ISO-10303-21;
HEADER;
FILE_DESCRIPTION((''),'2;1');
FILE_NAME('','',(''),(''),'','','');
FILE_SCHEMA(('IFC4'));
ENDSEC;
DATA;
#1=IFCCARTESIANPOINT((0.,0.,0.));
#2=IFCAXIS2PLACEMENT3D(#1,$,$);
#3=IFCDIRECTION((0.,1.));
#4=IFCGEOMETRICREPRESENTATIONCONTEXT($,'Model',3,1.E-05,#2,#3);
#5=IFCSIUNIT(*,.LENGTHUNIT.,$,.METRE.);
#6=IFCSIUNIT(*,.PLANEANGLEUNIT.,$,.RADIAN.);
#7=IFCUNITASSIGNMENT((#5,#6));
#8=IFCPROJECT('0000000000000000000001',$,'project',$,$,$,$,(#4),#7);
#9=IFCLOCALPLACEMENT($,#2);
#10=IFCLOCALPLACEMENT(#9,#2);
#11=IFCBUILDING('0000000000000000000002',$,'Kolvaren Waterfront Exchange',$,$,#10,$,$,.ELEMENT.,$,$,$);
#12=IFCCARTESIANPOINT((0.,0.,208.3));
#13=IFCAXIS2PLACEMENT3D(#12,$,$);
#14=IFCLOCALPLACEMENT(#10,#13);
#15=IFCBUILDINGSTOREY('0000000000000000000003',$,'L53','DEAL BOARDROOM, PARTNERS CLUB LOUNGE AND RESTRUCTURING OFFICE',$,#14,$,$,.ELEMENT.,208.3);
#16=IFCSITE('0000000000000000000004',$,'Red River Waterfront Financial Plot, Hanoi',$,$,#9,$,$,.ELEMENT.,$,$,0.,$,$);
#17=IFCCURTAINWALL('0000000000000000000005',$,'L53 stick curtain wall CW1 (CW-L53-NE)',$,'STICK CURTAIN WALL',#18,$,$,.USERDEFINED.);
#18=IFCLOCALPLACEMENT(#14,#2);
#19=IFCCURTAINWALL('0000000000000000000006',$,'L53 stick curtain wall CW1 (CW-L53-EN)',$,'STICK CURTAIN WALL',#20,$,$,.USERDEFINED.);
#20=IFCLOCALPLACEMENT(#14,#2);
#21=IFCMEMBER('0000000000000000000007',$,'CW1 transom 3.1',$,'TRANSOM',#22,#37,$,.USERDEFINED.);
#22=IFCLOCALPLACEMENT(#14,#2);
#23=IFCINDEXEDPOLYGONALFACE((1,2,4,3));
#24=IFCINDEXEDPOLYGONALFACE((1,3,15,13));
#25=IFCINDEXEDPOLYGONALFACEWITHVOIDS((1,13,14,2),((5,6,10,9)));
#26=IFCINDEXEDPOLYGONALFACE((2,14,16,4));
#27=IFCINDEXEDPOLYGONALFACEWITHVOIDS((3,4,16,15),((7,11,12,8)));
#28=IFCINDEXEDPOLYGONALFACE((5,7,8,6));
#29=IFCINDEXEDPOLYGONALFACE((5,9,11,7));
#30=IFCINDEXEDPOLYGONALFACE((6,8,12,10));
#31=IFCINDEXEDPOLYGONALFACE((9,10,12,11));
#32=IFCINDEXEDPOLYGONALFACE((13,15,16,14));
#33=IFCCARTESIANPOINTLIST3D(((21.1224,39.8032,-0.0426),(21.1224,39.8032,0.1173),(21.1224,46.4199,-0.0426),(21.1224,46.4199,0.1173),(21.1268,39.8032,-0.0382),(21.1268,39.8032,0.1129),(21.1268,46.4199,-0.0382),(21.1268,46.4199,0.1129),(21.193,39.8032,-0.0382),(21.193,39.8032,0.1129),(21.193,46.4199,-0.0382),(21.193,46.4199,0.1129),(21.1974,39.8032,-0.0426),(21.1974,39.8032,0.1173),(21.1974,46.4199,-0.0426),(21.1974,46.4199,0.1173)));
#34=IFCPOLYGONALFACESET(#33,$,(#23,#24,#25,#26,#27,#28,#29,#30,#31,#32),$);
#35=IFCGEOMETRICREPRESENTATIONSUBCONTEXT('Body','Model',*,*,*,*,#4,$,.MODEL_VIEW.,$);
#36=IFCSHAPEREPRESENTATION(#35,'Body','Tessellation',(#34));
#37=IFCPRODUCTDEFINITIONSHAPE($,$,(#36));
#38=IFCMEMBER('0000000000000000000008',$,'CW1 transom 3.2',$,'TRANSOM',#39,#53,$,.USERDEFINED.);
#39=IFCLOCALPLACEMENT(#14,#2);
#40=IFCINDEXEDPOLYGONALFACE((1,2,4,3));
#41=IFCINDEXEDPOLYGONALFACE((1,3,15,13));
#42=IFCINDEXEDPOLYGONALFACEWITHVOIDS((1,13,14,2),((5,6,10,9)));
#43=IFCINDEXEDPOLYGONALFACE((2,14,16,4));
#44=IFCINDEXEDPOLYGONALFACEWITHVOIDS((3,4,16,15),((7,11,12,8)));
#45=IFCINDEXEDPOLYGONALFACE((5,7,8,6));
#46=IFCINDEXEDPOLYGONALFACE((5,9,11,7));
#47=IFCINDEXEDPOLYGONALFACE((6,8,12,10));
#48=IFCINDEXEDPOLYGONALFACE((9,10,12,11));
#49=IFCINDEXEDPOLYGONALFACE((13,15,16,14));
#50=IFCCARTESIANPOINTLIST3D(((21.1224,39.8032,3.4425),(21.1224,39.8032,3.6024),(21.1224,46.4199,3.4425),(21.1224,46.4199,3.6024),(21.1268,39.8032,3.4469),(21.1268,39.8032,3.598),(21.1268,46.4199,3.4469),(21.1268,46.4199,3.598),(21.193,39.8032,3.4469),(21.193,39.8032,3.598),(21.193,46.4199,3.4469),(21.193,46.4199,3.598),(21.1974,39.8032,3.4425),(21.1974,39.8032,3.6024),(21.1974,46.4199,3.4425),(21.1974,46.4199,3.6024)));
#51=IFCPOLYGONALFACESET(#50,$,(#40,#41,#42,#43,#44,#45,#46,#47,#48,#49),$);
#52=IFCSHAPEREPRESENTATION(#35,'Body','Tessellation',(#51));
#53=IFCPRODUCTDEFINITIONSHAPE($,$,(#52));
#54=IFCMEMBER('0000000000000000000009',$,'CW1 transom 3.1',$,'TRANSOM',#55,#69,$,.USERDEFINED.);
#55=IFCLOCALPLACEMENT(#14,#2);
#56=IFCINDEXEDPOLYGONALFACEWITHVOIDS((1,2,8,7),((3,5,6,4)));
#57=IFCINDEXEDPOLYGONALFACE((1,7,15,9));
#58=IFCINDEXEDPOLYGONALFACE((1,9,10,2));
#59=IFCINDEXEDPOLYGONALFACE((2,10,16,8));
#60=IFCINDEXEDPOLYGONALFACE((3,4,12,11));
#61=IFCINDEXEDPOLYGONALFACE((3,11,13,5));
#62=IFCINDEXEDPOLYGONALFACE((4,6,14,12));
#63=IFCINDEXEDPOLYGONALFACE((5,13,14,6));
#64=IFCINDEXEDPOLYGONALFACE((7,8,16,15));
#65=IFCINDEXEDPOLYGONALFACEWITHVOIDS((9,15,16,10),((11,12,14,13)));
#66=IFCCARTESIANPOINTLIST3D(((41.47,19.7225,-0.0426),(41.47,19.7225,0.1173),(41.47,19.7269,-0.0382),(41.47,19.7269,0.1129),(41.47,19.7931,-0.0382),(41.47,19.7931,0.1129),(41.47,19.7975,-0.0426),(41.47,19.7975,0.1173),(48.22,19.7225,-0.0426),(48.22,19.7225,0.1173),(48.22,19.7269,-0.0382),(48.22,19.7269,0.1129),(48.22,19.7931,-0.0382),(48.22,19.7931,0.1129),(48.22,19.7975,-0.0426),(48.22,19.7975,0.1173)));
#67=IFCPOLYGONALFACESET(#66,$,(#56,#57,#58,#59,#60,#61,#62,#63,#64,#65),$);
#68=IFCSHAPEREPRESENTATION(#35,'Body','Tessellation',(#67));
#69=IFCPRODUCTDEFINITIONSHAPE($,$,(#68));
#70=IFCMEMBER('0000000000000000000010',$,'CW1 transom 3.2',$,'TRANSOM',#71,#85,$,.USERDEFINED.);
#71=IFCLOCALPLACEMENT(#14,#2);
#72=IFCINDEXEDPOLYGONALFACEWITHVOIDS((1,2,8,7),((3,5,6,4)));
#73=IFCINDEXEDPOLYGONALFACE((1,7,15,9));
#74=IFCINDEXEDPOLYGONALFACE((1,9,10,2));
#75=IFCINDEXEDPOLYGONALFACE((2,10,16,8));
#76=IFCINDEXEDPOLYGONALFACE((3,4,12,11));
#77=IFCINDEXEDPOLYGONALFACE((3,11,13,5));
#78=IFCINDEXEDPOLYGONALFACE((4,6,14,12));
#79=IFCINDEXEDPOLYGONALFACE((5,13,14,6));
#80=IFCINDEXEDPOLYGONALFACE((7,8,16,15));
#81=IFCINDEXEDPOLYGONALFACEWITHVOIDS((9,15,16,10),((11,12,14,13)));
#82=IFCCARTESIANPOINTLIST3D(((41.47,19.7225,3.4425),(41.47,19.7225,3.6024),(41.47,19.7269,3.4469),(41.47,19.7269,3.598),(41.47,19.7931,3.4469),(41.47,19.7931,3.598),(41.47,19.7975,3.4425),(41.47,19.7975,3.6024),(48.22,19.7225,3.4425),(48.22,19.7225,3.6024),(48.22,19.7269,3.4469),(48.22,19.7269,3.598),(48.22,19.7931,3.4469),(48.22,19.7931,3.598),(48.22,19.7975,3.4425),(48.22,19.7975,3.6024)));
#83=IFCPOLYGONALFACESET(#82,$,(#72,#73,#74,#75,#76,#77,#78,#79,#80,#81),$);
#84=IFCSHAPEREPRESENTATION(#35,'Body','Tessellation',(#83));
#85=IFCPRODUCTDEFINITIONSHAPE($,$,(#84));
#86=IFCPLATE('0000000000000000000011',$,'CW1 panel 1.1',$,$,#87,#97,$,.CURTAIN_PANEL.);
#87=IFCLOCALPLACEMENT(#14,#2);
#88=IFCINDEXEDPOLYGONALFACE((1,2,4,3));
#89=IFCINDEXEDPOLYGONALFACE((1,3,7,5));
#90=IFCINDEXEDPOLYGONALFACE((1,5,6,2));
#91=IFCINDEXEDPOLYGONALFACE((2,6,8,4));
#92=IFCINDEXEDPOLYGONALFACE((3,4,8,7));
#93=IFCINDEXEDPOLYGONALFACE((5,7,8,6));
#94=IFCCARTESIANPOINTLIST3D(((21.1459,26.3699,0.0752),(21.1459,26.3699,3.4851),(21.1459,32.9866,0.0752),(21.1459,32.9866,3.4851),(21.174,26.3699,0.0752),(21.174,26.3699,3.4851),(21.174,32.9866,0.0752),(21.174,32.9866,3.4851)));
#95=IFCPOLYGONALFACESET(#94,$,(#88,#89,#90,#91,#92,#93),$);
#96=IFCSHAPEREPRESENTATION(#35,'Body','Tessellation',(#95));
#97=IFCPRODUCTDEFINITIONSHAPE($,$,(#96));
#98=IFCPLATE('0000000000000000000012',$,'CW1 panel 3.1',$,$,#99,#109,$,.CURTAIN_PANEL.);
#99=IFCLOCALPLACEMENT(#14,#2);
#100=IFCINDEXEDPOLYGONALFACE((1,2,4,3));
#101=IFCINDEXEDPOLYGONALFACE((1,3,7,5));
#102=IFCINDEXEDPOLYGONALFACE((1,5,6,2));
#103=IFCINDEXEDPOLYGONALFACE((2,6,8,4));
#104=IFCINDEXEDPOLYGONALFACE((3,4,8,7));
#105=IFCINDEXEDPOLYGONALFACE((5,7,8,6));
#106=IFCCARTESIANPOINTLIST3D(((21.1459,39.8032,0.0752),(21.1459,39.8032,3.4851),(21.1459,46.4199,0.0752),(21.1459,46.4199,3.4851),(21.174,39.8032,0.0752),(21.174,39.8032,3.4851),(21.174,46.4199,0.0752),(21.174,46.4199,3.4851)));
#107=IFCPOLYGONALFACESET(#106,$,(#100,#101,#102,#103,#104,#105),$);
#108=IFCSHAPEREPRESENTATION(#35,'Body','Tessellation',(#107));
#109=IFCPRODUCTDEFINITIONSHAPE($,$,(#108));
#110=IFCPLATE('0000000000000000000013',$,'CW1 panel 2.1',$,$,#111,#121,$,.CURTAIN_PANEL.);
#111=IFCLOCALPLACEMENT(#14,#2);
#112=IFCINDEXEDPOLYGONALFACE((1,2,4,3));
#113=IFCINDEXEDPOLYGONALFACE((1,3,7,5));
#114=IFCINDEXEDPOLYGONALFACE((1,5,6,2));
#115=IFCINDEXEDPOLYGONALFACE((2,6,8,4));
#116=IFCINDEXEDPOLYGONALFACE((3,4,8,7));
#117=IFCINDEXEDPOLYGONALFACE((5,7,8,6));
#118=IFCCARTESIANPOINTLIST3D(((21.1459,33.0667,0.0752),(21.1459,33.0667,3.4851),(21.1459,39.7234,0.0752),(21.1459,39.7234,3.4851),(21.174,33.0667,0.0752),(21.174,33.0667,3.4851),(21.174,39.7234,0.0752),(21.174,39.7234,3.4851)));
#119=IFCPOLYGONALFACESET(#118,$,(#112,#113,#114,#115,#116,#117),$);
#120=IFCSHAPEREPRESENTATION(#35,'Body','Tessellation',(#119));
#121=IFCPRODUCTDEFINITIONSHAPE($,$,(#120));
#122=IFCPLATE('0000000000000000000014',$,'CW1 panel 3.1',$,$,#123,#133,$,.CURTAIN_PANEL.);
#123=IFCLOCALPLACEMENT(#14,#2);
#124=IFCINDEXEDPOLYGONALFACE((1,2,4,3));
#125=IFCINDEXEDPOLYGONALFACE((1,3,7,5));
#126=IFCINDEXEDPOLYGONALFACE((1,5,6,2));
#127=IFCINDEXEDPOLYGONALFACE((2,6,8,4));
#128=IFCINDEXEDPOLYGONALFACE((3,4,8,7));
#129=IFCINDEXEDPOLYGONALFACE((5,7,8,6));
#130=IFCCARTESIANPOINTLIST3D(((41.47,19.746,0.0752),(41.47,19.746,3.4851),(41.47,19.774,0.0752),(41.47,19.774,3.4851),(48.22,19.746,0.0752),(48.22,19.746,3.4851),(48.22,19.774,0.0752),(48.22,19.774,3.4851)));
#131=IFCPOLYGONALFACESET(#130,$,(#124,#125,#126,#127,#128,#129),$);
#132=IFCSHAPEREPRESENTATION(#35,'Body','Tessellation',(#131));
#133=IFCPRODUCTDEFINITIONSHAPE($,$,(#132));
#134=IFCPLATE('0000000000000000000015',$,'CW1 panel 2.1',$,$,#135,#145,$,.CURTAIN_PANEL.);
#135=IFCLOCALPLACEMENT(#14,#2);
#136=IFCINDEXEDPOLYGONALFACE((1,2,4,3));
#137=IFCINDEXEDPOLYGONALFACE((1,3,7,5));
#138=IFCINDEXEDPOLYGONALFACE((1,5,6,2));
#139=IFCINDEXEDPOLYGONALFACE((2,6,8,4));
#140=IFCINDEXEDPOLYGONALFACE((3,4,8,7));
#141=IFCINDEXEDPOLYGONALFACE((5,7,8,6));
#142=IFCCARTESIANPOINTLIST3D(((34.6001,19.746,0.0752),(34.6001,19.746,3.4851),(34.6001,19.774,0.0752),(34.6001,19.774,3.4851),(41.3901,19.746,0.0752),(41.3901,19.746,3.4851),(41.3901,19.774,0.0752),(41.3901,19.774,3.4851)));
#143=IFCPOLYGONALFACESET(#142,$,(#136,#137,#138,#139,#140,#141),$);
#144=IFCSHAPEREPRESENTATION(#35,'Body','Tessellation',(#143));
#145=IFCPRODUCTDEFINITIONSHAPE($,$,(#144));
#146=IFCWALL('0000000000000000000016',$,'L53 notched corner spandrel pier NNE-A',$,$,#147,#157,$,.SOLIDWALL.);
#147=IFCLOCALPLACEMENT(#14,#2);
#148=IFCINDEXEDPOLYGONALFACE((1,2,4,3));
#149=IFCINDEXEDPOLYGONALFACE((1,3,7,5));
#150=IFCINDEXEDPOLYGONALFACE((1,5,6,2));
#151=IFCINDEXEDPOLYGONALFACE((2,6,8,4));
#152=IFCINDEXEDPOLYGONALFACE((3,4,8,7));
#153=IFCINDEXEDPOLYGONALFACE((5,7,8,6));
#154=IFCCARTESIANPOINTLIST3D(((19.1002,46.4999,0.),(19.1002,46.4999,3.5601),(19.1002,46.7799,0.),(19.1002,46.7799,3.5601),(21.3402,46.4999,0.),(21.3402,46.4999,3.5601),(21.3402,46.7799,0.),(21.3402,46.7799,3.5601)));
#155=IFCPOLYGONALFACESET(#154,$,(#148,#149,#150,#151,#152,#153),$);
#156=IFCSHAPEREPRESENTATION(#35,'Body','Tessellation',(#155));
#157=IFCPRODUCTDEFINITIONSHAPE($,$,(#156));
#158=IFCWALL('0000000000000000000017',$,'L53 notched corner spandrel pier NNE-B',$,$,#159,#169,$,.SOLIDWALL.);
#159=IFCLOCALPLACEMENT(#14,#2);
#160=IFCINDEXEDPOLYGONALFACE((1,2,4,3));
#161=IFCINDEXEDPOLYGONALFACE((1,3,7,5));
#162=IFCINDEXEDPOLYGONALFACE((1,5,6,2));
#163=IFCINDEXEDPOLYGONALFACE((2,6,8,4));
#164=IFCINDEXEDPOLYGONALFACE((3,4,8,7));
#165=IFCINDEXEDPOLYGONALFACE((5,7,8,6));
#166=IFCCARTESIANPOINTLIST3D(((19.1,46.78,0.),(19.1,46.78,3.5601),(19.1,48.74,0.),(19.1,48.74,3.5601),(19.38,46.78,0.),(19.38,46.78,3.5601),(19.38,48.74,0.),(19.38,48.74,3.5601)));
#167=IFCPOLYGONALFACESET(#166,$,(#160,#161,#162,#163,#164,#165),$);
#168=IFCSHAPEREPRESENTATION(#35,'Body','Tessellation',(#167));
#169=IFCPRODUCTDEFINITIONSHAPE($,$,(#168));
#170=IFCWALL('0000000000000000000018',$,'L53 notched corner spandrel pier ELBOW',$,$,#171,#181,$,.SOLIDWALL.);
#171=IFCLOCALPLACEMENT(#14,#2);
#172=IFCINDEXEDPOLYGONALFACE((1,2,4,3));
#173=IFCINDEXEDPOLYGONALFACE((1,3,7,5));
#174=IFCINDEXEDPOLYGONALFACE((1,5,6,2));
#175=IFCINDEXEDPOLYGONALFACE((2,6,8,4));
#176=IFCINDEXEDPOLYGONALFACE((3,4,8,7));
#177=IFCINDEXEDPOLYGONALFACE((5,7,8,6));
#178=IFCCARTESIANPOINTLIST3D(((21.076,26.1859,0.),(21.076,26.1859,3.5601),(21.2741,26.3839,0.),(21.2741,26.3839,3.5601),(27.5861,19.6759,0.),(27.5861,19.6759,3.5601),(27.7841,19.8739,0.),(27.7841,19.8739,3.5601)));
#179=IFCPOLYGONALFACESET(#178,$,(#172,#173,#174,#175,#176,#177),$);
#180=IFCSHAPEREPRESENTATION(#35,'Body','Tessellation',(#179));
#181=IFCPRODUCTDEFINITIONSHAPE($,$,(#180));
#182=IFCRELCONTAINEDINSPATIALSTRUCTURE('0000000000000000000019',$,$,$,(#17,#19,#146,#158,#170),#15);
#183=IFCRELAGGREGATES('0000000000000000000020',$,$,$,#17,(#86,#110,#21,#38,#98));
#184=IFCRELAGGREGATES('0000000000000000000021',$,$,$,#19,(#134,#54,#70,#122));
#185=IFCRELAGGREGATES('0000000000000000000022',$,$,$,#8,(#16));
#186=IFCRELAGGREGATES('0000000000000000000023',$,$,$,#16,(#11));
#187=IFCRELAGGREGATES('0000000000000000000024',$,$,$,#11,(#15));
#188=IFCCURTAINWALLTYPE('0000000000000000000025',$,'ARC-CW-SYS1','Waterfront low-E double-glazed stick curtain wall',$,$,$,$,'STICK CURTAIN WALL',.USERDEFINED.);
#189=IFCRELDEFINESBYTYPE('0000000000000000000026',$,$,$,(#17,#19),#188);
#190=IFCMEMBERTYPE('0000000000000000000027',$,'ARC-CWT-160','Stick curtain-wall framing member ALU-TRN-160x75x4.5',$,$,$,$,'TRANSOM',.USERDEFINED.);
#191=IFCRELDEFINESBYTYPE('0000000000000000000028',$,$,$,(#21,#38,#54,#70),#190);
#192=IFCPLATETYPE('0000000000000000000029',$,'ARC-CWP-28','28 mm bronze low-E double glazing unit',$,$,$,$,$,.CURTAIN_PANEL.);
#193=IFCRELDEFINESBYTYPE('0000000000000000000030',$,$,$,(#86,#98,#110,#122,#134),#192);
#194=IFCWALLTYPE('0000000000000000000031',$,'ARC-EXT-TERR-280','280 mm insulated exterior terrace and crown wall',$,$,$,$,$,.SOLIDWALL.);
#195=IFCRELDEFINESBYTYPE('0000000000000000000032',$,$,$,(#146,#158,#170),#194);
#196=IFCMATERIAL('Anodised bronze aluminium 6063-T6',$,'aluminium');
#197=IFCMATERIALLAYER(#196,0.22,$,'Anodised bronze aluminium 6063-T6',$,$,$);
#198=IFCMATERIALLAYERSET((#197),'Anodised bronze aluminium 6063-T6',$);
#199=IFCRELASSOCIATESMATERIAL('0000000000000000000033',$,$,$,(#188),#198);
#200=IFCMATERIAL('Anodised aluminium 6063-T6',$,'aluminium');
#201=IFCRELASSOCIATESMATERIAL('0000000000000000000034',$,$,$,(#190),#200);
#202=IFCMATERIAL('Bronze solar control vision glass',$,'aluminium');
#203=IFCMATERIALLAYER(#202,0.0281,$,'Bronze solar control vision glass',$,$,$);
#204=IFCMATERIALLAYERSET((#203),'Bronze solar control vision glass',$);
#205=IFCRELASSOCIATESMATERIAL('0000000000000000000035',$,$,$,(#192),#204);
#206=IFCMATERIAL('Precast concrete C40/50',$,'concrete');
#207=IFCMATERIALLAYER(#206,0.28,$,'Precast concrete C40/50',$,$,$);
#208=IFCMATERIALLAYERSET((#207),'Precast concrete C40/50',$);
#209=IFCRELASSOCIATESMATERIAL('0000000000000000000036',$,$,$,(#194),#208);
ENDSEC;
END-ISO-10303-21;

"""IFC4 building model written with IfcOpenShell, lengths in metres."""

from ifc_helpers import new_model, si_unit, direction, frame, frame_2d, origin, origin_with_axes, origin_2d, place, context, subcontext, project, spatial, rectangle, hollow_rectangle, extrude, source, transform, mapped, material, layer, layer_set, material_profile, profile_set, type_object, element, aggregate, save


model = new_model("IFC4")

# Units and contexts
model_context = context("Model", 3, precision=1e-05, world=origin(), true_north=direction((0.0, 1.0)))
body_context = subcontext(model_context, "Body", "Model", "MODEL_VIEW")
ifc_project = project(units=[si_unit("LENGTHUNIT", "METRE"), si_unit("PLANEANGLEUNIT", "RADIAN")], contexts=[model_context])

# Site, building, storey
site_placement = place(None, origin())
site = spatial("IfcSite", under=ifc_project, at=site_placement, Name="Red River Waterfront Financial Plot, Hanoi", CompositionType="ELEMENT", RefElevation=0.0)
building_placement = place(site_placement, origin())
building = spatial("IfcBuilding", under=site, at=building_placement, Name="Kolvaren Waterfront Exchange", CompositionType="ELEMENT")
storey_placement = place(building_placement, frame((0.0, 0.0, 208.3)))
storey = spatial("IfcBuildingStorey", under=building, at=storey_placement, Name="L53", Description="DEAL BOARDROOM, PARTNERS CLUB LOUNGE AND RESTRUCTURING OFFICE", CompositionType="ELEMENT", Elevation=208.3)

# Curtain walls
ifc_material_1 = material(Name="Anodised bronze aluminium 6063-T6", Category="aluminium")
ifc_layer_1 = layer(ifc_material_1, 0.22, Name="Anodised bronze aluminium 6063-T6")
ifc_layer_set_1 = layer_set([ifc_layer_1], Name="Anodised bronze aluminium 6063-T6")
curtain_wall_type = type_object("IfcCurtainWallType", Name="ARC-CW-SYS1", Description="Waterfront low-E double-glazed stick curtain wall", ElementType="STICK CURTAIN WALL", PredefinedType="USERDEFINED", material=ifc_layer_set_1)
curtain_wall_1_placement = place(storey_placement, origin())
curtain_wall_1 = element("IfcCurtainWall", 1, at=curtain_wall_1_placement, inside=storey, type_object=curtain_wall_type, Name="L53 stick curtain wall CW1 (CW-L53-NE)", ObjectType="STICK CURTAIN WALL", PredefinedType="USERDEFINED")
ifc_material_2 = material(Name="Anodised aluminium 6063-T6", Category="aluminium")
curtain_wall_2_placement = place(storey_placement, origin())
curtain_wall_2 = element("IfcCurtainWall", 2, at=curtain_wall_2_placement, inside=storey, type_object=curtain_wall_type, Name="L53 stick curtain wall CW1 (CW-L53-EN)", ObjectType="STICK CURTAIN WALL", PredefinedType="USERDEFINED")

# Members
ifc_material_profile_1 = material_profile(ifc_material_2, hollow_rectangle(XDim=0.075, YDim=0.1599, WallThickness=0.0044, at=origin_2d()), Name="ALU-TRN-160x75x4.5")
ifc_profile_set_1 = profile_set([ifc_material_profile_1], Name="Anodised aluminium 6063-T6")
member_type_1 = type_object("IfcMemberType", Name="ARC-CWT-160", Description="Stick curtain-wall framing member ALU-TRN-160x75x4.5", ElementType="TRANSOM", PredefinedType="USERDEFINED", material=ifc_profile_set_1)
shared_shape_1 = source(origin_with_axes(), body_context, "Body", "SweptSolid", [
    extrude(hollow_rectangle(XDim=0.075, YDim=0.1599, WallThickness=0.0044, at=origin_2d()), origin(), (0.0, 0.0, 1.0), 6.6167),
])
member_1_placement = place(storey_placement, frame((21.1599, 39.8032, 0.0374), z_axis=(0.0, 1.0, 0.0), x_axis=(-1.0, 0.0, 0.0)))
member_1 = element("IfcMember", 3, at=member_1_placement, type_object=member_type_1, Name="CW1 transom 3.1", ObjectType="TRANSOM", PredefinedType="USERDEFINED", context=body_context, shape_type="MappedRepresentation", body=[
    mapped(shared_shape_1, transform((0.0, 0.0, 0.0), x_axis=(1.0, 0.0, 0.0), y_axis=(0.0, 1.0, 0.0), z_axis=(0.0, 0.0, 1.0), scale=1.0)),
])
member_2_placement = place(storey_placement, frame((21.1599, 39.8032, 3.5225), z_axis=(0.0, 1.0, 0.0), x_axis=(-1.0, 0.0, 0.0)))
member_2 = element("IfcMember", 4, at=member_2_placement, type_object=member_type_1, Name="CW1 transom 3.2", ObjectType="TRANSOM", PredefinedType="USERDEFINED", context=body_context, shape_type="MappedRepresentation", body=[
    mapped(shared_shape_1, transform((0.0, 0.0, 0.0), x_axis=(1.0, 0.0, 0.0), y_axis=(0.0, 1.0, 0.0), z_axis=(0.0, 0.0, 1.0), scale=1.0)),
])
shared_shape_2 = source(origin_with_axes(), body_context, "Body", "SweptSolid", [
    extrude(hollow_rectangle(XDim=0.075, YDim=0.1599, WallThickness=0.0044, at=origin_2d()), origin(), (0.0, 0.0, 1.0), 6.75),
])
member_3_placement = place(storey_placement, frame((41.47, 19.76, 0.0374), z_axis=(1.0, 0.0, 0.0), x_axis=(0.0, 1.0, 0.0)))
member_3 = element("IfcMember", 5, at=member_3_placement, type_object=member_type_1, Name="CW1 transom 3.1", ObjectType="TRANSOM", PredefinedType="USERDEFINED", context=body_context, shape_type="MappedRepresentation", body=[
    mapped(shared_shape_2, transform((0.0, 0.0, 0.0), x_axis=(1.0, 0.0, 0.0), y_axis=(0.0, 1.0, 0.0), z_axis=(0.0, 0.0, 1.0), scale=1.0)),
])
member_4_placement = place(storey_placement, frame((41.47, 19.76, 3.5225), z_axis=(1.0, 0.0, 0.0), x_axis=(0.0, 1.0, 0.0)))
member_4 = element("IfcMember", 6, at=member_4_placement, type_object=member_type_1, Name="CW1 transom 3.2", ObjectType="TRANSOM", PredefinedType="USERDEFINED", context=body_context, shape_type="MappedRepresentation", body=[
    mapped(shared_shape_2, transform((0.0, 0.0, 0.0), x_axis=(1.0, 0.0, 0.0), y_axis=(0.0, 1.0, 0.0), z_axis=(0.0, 0.0, 1.0), scale=1.0)),
])

# Plates
ifc_material_3 = material(Name="Bronze solar control vision glass", Category="aluminium")
ifc_layer_2 = layer(ifc_material_3, 0.0281, Name="Bronze solar control vision glass")
ifc_layer_set_2 = layer_set([ifc_layer_2], Name="Bronze solar control vision glass")
plate_type = type_object("IfcPlateType", Name="ARC-CWP-28", Description="28 mm bronze low-E double glazing unit", PredefinedType="CURTAIN_PANEL", material=ifc_layer_set_2)
shared_shape_3 = source(origin_with_axes(), body_context, "Body", "SweptSolid", [
    extrude(rectangle(XDim=6.6167, YDim=0.0281, at=origin_2d()), origin(), (0.0, 0.0, 1.0), 3.4099),
])
plate_1_placement = place(storey_placement, frame((21.1599, 29.6782, 0.0752), z_axis=(0.0, 0.0, 1.0), x_axis=(0.0, 1.0, 0.0)))
plate_1 = element("IfcPlate", 7, at=plate_1_placement, type_object=plate_type, Name="CW1 panel 1.1", PredefinedType="CURTAIN_PANEL", context=body_context, shape_type="MappedRepresentation", body=[
    mapped(shared_shape_3, transform((0.0, 0.0, 0.0), x_axis=(1.0, 0.0, 0.0), y_axis=(0.0, 1.0, 0.0), z_axis=(0.0, 0.0, 1.0), scale=1.0)),
])
plate_2_placement = place(storey_placement, frame((21.1599, 43.1116, 0.0752), z_axis=(0.0, 0.0, 1.0), x_axis=(0.0, 1.0, 0.0)))
plate_2 = element("IfcPlate", 8, at=plate_2_placement, type_object=plate_type, Name="CW1 panel 3.1", PredefinedType="CURTAIN_PANEL", context=body_context, shape_type="MappedRepresentation", body=[
    mapped(shared_shape_3, transform((0.0, 0.0, 0.0), x_axis=(1.0, 0.0, 0.0), y_axis=(0.0, 1.0, 0.0), z_axis=(0.0, 0.0, 1.0), scale=1.0)),
])
shared_shape_4 = source(origin_with_axes(), body_context, "Body", "SweptSolid", [
    extrude(rectangle(XDim=6.6567, YDim=0.0281, at=origin_2d()), origin(), (0.0, 0.0, 1.0), 3.4099),
])
plate_3_placement = place(storey_placement, frame((21.1599, 36.395, 0.0752), z_axis=(0.0, 0.0, 1.0), x_axis=(0.0, 1.0, 0.0)))
plate_3 = element("IfcPlate", 9, at=plate_3_placement, type_object=plate_type, Name="CW1 panel 2.1", PredefinedType="CURTAIN_PANEL", context=body_context, shape_type="MappedRepresentation", body=[
    mapped(shared_shape_4, transform((0.0, 0.0, 0.0), x_axis=(1.0, 0.0, 0.0), y_axis=(0.0, 1.0, 0.0), z_axis=(0.0, 0.0, 1.0), scale=1.0)),
])
aggregate(curtain_wall_1, [plate_1, plate_3, member_1, member_2, plate_2])
shared_shape_5 = source(origin_with_axes(), body_context, "Body", "SweptSolid", [
    extrude(rectangle(XDim=6.75, YDim=0.0281, at=origin_2d()), origin(), (0.0, 0.0, 1.0), 3.4099),
])
plate_4_placement = place(storey_placement, frame((44.845, 19.76, 0.0752), z_axis=(0.0, 0.0, 1.0), x_axis=(1.0, 0.0, 0.0)))
plate_4 = element("IfcPlate", 10, at=plate_4_placement, type_object=plate_type, Name="CW1 panel 3.1", PredefinedType="CURTAIN_PANEL", context=body_context, shape_type="MappedRepresentation", body=[
    mapped(shared_shape_5, transform((0.0, 0.0, 0.0), x_axis=(1.0, 0.0, 0.0), y_axis=(0.0, 1.0, 0.0), z_axis=(0.0, 0.0, 1.0), scale=1.0)),
])
shared_shape_6 = source(origin_with_axes(), body_context, "Body", "SweptSolid", [
    extrude(rectangle(XDim=6.79, YDim=0.0281, at=origin_2d()), origin(), (0.0, 0.0, 1.0), 3.4099),
])
plate_5_placement = place(storey_placement, frame((37.9951, 19.76, 0.0752), z_axis=(0.0, 0.0, 1.0), x_axis=(1.0, 0.0, 0.0)))
plate_5 = element("IfcPlate", 11, at=plate_5_placement, type_object=plate_type, Name="CW1 panel 2.1", PredefinedType="CURTAIN_PANEL", context=body_context, shape_type="MappedRepresentation", body=[
    mapped(shared_shape_6, transform((0.0, 0.0, 0.0), x_axis=(1.0, 0.0, 0.0), y_axis=(0.0, 1.0, 0.0), z_axis=(0.0, 0.0, 1.0), scale=1.0)),
])
aggregate(curtain_wall_2, [plate_5, member_3, member_4, plate_4])

# Walls
ifc_material_4 = material(Name="Precast concrete C40/50", Category="concrete")
ifc_layer_3 = layer(ifc_material_4, 0.28, Name="Precast concrete C40/50")
ifc_layer_set_3 = layer_set([ifc_layer_3], Name="Precast concrete C40/50")
wall_type_1 = type_object("IfcWallType", Name="ARC-EXT-TERR-280", Description="280 mm insulated exterior terrace and crown wall", PredefinedType="SOLIDWALL", material=ifc_layer_set_3)
wall_1_placement = place(storey_placement, frame((19.1001, 46.6399, 0.0), z_axis=(0.0, 0.0, 1.0), x_axis=(1.0, 0.0, 0.0)))
element("IfcWall", 12, at=wall_1_placement, inside=storey, type_object=wall_type_1, Name="L53 notched corner spandrel pier NNE-A", PredefinedType="SOLIDWALL", context=body_context, shape_type="SweptSolid", body=[
    extrude(rectangle(XDim=2.24, YDim=0.28, at=frame_2d((1.1201, 0.0))), origin(), (0.0, 0.0, 1.0), 3.5601),
])
wall_2_placement = place(storey_placement, frame((19.24, 46.78, 0.0), z_axis=(0.0, 0.0, 1.0), x_axis=(0.0, 1.0, 0.0)))
element("IfcWall", 13, at=wall_2_placement, inside=storey, type_object=wall_type_1, Name="L53 notched corner spandrel pier NNE-B", PredefinedType="SOLIDWALL", context=body_context, shape_type="SweptSolid", body=[
    extrude(rectangle(XDim=1.96, YDim=0.28, at=frame_2d((0.98, 0.0))), origin(), (0.0, 0.0, 1.0), 3.5601),
])
wall_3_placement = place(storey_placement, frame((27.6851, 19.7749, 0.0), z_axis=(0.0, 0.0, 1.0), x_axis=(-0.707107, 0.707107, 0.0)))
element("IfcWall", 14, at=wall_3_placement, inside=storey, type_object=wall_type_1, Name="L53 notched corner spandrel pier ELBOW", PredefinedType="SOLIDWALL", context=body_context, shape_type="SweptSolid", body=[
    extrude(rectangle(XDim=9.2065, YDim=0.28, at=frame_2d((4.6033, 0.0))), origin(), (0.0, 0.0, 1.0), 3.5601),
])

save(model, "model.ifc")
